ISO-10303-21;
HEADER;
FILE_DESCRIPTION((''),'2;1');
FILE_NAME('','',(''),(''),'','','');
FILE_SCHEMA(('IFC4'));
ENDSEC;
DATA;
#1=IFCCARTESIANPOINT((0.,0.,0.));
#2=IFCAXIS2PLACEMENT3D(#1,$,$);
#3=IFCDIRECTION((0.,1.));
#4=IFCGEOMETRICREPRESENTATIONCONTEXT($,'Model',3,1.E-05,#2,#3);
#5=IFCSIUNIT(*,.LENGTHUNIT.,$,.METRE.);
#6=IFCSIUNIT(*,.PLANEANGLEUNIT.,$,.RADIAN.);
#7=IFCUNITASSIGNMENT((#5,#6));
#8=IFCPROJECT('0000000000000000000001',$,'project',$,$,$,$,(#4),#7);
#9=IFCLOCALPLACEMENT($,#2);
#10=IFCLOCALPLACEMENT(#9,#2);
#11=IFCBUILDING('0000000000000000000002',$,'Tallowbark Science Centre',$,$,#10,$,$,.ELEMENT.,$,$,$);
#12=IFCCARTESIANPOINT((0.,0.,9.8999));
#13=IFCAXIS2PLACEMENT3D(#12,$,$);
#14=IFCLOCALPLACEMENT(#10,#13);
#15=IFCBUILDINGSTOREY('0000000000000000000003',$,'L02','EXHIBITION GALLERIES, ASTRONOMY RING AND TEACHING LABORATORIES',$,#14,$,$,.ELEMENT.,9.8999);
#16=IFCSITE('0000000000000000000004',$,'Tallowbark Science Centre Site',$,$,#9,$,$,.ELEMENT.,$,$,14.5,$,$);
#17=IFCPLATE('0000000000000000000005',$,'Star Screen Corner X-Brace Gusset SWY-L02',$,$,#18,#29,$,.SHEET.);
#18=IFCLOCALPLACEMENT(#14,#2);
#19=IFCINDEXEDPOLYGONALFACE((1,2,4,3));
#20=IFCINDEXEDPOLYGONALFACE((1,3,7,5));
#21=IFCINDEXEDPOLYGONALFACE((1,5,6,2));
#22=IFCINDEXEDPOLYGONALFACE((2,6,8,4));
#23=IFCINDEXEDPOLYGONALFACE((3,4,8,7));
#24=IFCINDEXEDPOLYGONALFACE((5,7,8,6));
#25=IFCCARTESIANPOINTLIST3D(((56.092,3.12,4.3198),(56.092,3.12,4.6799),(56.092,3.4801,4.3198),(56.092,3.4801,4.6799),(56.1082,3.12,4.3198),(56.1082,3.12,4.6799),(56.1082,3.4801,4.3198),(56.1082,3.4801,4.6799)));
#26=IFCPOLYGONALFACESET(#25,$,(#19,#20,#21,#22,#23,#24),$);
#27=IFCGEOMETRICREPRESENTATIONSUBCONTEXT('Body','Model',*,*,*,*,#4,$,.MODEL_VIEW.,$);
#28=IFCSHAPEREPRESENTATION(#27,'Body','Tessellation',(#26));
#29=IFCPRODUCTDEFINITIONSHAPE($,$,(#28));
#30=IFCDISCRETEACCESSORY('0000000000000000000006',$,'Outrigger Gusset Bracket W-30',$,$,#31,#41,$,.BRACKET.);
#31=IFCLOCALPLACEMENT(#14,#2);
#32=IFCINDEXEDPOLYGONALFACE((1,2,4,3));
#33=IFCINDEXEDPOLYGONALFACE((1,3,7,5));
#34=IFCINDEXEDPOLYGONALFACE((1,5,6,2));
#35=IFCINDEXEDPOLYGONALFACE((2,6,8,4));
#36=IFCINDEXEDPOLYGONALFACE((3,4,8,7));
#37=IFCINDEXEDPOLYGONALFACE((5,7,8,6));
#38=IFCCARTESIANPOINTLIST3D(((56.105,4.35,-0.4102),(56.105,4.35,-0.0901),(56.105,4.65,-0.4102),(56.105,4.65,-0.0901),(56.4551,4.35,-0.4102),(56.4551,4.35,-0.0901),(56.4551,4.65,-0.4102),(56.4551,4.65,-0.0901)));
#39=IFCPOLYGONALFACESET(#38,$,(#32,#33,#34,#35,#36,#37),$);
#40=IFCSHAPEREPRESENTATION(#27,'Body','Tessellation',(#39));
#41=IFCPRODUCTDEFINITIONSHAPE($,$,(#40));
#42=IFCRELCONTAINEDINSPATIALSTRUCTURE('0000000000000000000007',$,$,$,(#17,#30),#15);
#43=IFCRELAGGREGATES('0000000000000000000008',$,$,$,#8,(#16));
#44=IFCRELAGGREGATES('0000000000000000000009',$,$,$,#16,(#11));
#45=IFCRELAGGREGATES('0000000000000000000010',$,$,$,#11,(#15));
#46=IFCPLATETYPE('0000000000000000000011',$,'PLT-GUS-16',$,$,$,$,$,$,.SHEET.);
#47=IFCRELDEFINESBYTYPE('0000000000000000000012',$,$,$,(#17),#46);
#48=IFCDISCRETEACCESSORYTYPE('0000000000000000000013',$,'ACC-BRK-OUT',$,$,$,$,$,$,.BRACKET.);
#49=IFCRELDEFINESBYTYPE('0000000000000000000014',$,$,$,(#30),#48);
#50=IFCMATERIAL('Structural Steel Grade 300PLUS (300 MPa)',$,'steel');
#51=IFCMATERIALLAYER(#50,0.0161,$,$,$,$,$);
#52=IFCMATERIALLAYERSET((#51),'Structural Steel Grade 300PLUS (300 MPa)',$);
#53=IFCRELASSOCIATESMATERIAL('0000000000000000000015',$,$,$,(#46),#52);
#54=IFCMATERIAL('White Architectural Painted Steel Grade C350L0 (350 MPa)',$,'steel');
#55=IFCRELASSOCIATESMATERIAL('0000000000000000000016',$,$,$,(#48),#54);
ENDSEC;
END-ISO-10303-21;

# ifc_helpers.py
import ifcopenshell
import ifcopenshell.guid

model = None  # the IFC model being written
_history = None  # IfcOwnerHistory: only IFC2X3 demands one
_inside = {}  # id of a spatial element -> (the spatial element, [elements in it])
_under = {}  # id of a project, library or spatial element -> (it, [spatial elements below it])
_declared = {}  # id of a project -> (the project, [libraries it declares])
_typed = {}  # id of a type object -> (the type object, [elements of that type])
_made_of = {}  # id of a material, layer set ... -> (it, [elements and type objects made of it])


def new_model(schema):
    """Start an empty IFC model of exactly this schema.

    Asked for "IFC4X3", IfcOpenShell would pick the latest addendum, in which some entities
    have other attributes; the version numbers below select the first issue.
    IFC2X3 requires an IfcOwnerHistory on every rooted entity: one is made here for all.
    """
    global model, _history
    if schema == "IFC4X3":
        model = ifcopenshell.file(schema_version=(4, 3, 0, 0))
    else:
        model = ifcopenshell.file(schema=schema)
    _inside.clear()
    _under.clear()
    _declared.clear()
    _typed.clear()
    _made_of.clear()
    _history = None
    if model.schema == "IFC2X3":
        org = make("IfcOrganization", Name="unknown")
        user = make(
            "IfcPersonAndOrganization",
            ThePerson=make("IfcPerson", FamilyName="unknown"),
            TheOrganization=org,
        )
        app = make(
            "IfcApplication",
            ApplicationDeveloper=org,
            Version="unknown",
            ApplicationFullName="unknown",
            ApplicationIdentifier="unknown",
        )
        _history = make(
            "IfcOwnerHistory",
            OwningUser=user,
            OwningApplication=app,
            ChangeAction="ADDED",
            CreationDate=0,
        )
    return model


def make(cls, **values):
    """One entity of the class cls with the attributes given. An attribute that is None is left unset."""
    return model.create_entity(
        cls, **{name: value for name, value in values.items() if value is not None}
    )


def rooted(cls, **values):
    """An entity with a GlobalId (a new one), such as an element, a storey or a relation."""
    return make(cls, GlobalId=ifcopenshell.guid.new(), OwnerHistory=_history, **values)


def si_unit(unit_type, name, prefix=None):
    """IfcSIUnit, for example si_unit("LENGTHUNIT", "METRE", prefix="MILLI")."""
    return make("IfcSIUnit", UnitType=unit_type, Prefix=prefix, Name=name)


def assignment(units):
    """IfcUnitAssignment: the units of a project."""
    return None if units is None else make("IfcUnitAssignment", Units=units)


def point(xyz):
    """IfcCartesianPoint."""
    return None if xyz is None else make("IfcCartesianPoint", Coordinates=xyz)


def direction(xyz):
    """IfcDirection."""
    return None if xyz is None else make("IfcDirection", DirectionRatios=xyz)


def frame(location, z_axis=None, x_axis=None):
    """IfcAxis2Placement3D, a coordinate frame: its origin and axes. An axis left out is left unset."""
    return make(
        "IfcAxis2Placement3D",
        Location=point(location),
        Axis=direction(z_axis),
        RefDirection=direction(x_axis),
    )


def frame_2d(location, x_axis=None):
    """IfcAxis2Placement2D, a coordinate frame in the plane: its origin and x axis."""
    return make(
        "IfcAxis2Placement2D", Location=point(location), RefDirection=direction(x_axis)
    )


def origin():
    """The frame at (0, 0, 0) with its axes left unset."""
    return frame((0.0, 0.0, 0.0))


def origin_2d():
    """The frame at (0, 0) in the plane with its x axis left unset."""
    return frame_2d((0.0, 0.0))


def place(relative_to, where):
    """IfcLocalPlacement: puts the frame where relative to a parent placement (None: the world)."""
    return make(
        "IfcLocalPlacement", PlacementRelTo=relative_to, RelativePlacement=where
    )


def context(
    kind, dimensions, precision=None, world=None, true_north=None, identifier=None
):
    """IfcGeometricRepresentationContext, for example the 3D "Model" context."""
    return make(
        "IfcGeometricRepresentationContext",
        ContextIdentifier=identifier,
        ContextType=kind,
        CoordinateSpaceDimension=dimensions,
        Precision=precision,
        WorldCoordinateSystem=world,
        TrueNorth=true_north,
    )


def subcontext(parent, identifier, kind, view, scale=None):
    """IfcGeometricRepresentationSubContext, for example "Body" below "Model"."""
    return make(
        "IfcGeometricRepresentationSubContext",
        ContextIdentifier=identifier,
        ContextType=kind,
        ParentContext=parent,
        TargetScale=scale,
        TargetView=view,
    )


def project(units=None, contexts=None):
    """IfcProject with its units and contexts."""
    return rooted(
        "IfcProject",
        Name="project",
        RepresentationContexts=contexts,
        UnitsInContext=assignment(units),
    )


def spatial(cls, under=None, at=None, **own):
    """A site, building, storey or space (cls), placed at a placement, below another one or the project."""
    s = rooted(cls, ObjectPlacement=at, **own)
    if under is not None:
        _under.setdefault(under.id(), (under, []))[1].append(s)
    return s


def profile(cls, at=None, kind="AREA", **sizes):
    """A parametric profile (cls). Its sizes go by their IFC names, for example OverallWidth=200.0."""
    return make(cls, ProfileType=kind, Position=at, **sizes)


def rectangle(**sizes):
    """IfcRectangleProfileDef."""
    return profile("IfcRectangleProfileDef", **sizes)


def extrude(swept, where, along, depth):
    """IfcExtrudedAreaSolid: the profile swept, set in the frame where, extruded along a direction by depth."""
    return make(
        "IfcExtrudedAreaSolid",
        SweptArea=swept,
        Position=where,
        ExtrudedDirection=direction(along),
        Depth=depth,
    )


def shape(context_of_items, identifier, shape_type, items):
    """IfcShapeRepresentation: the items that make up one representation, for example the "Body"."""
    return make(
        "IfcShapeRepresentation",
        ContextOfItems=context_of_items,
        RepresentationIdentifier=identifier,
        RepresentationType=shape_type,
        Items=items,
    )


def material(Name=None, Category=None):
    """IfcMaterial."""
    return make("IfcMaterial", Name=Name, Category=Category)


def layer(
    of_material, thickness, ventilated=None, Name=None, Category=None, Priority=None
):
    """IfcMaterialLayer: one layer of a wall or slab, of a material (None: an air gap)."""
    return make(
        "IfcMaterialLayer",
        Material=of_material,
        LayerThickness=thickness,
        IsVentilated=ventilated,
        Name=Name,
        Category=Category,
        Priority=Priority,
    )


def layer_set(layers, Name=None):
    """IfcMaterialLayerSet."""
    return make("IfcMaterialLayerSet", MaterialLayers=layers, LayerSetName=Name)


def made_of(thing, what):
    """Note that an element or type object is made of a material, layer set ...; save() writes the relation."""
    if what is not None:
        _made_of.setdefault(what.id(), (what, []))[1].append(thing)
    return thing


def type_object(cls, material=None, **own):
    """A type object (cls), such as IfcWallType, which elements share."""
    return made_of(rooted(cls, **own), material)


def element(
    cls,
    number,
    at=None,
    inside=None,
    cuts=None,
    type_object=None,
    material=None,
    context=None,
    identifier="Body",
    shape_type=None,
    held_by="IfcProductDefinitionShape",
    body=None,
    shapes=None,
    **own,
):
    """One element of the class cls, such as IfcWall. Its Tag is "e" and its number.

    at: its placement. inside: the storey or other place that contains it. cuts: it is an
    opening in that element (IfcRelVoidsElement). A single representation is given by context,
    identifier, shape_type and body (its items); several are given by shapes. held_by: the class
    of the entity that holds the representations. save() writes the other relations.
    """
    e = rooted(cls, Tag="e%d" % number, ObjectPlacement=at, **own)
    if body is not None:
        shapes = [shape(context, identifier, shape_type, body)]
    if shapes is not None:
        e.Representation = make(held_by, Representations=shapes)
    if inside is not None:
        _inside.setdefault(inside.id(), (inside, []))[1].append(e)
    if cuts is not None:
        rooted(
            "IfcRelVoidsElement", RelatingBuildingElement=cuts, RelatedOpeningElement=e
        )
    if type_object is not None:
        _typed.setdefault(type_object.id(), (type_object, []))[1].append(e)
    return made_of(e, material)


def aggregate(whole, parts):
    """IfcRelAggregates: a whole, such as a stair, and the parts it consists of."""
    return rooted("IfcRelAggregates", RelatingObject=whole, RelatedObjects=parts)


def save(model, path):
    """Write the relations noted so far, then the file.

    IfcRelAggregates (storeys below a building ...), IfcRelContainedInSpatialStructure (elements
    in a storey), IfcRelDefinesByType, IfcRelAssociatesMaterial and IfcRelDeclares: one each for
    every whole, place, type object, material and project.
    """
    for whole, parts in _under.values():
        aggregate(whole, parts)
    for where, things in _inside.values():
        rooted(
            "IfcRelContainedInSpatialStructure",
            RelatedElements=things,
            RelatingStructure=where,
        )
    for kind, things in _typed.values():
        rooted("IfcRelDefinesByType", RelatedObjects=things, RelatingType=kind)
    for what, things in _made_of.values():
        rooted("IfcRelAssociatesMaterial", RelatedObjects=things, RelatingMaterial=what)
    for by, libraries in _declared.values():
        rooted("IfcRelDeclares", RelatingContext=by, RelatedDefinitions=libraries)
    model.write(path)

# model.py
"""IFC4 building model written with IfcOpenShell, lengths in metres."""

from ifc_helpers import new_model, si_unit, direction, frame, origin, origin_2d, place, context, subcontext, project, spatial, rectangle, extrude, material, layer, layer_set, type_object, element, save


model = new_model("IFC4")

# Units and contexts
model_context = context("Model", 3, precision=1e-05, world=origin(), true_north=direction((0.0, 1.0)))
body_context = subcontext(model_context, "Body", "Model", "MODEL_VIEW")
ifc_project = project(units=[si_unit("LENGTHUNIT", "METRE"), si_unit("PLANEANGLEUNIT", "RADIAN")], contexts=[model_context])

# Site, building, storey
site_placement = place(None, origin())
site = spatial("IfcSite", under=ifc_project, at=site_placement, Name="Tallowbark Science Centre Site", CompositionType="ELEMENT", RefElevation=14.5)
building_placement = place(site_placement, origin())
building = spatial("IfcBuilding", under=site, at=building_placement, Name="Tallowbark Science Centre", CompositionType="ELEMENT")
storey_placement = place(building_placement, frame((0.0, 0.0, 9.8999)))
storey = spatial("IfcBuildingStorey", under=building, at=storey_placement, Name="L02", Description="EXHIBITION GALLERIES, ASTRONOMY RING AND TEACHING LABORATORIES", CompositionType="ELEMENT", Elevation=9.8999)

# Shared definitions
ifc_material_1 = material(Name="White Architectural Painted Steel Grade C350L0 (350 MPa)", Category="steel")

# Plate
ifc_material_2 = material(Name="Structural Steel Grade 300PLUS (300 MPa)", Category="steel")
ifc_layer = layer(ifc_material_2, 0.0161)
ifc_layer_set = layer_set([ifc_layer], Name="Structural Steel Grade 300PLUS (300 MPa)")
plate_type = type_object("IfcPlateType", Name="PLT-GUS-16", PredefinedType="SHEET", material=ifc_layer_set)
for number, where, z_axis, x_axis, name in (
    (1, (56.1001, 3.3, 4.3198), (0.0, 0.0, 1.0), (0.0, 1.0, 0.0), "Star Screen Corner X-Brace Gusset SWY-L02"),
):
    element("IfcPlate", number, at=place(storey_placement, frame(where, z_axis=z_axis, x_axis=x_axis)), inside=storey, type_object=plate_type, Name=name, PredefinedType="SHEET", context=body_context, shape_type="SweptSolid", body=[
        extrude(rectangle(XDim=0.3601, YDim=0.0161, at=origin_2d()), origin(), (0.0, 0.0, 1.0), 0.3601),
    ])

# Discrete accessory
discrete_accessory_type = type_object("IfcDiscreteAccessoryType", Name="ACC-BRK-OUT", PredefinedType="BRACKET", material=ifc_material_1)
discrete_accessory_placement = place(storey_placement, frame((56.28, 4.5, -0.4102), z_axis=(0.0, 0.0, 1.0), x_axis=(1.0, 0.0, 0.0)))
element("IfcDiscreteAccessory", 2, at=discrete_accessory_placement, inside=storey, type_object=discrete_accessory_type, Name="Outrigger Gusset Bracket W-30", PredefinedType="BRACKET", context=body_context, shape_type="SweptSolid", body=[
    extrude(rectangle(XDim=0.3501, YDim=0.3, at=origin_2d()), origin(), (0.0, 0.0, 1.0), 0.3201),
])

save(model, "model.ifc")
